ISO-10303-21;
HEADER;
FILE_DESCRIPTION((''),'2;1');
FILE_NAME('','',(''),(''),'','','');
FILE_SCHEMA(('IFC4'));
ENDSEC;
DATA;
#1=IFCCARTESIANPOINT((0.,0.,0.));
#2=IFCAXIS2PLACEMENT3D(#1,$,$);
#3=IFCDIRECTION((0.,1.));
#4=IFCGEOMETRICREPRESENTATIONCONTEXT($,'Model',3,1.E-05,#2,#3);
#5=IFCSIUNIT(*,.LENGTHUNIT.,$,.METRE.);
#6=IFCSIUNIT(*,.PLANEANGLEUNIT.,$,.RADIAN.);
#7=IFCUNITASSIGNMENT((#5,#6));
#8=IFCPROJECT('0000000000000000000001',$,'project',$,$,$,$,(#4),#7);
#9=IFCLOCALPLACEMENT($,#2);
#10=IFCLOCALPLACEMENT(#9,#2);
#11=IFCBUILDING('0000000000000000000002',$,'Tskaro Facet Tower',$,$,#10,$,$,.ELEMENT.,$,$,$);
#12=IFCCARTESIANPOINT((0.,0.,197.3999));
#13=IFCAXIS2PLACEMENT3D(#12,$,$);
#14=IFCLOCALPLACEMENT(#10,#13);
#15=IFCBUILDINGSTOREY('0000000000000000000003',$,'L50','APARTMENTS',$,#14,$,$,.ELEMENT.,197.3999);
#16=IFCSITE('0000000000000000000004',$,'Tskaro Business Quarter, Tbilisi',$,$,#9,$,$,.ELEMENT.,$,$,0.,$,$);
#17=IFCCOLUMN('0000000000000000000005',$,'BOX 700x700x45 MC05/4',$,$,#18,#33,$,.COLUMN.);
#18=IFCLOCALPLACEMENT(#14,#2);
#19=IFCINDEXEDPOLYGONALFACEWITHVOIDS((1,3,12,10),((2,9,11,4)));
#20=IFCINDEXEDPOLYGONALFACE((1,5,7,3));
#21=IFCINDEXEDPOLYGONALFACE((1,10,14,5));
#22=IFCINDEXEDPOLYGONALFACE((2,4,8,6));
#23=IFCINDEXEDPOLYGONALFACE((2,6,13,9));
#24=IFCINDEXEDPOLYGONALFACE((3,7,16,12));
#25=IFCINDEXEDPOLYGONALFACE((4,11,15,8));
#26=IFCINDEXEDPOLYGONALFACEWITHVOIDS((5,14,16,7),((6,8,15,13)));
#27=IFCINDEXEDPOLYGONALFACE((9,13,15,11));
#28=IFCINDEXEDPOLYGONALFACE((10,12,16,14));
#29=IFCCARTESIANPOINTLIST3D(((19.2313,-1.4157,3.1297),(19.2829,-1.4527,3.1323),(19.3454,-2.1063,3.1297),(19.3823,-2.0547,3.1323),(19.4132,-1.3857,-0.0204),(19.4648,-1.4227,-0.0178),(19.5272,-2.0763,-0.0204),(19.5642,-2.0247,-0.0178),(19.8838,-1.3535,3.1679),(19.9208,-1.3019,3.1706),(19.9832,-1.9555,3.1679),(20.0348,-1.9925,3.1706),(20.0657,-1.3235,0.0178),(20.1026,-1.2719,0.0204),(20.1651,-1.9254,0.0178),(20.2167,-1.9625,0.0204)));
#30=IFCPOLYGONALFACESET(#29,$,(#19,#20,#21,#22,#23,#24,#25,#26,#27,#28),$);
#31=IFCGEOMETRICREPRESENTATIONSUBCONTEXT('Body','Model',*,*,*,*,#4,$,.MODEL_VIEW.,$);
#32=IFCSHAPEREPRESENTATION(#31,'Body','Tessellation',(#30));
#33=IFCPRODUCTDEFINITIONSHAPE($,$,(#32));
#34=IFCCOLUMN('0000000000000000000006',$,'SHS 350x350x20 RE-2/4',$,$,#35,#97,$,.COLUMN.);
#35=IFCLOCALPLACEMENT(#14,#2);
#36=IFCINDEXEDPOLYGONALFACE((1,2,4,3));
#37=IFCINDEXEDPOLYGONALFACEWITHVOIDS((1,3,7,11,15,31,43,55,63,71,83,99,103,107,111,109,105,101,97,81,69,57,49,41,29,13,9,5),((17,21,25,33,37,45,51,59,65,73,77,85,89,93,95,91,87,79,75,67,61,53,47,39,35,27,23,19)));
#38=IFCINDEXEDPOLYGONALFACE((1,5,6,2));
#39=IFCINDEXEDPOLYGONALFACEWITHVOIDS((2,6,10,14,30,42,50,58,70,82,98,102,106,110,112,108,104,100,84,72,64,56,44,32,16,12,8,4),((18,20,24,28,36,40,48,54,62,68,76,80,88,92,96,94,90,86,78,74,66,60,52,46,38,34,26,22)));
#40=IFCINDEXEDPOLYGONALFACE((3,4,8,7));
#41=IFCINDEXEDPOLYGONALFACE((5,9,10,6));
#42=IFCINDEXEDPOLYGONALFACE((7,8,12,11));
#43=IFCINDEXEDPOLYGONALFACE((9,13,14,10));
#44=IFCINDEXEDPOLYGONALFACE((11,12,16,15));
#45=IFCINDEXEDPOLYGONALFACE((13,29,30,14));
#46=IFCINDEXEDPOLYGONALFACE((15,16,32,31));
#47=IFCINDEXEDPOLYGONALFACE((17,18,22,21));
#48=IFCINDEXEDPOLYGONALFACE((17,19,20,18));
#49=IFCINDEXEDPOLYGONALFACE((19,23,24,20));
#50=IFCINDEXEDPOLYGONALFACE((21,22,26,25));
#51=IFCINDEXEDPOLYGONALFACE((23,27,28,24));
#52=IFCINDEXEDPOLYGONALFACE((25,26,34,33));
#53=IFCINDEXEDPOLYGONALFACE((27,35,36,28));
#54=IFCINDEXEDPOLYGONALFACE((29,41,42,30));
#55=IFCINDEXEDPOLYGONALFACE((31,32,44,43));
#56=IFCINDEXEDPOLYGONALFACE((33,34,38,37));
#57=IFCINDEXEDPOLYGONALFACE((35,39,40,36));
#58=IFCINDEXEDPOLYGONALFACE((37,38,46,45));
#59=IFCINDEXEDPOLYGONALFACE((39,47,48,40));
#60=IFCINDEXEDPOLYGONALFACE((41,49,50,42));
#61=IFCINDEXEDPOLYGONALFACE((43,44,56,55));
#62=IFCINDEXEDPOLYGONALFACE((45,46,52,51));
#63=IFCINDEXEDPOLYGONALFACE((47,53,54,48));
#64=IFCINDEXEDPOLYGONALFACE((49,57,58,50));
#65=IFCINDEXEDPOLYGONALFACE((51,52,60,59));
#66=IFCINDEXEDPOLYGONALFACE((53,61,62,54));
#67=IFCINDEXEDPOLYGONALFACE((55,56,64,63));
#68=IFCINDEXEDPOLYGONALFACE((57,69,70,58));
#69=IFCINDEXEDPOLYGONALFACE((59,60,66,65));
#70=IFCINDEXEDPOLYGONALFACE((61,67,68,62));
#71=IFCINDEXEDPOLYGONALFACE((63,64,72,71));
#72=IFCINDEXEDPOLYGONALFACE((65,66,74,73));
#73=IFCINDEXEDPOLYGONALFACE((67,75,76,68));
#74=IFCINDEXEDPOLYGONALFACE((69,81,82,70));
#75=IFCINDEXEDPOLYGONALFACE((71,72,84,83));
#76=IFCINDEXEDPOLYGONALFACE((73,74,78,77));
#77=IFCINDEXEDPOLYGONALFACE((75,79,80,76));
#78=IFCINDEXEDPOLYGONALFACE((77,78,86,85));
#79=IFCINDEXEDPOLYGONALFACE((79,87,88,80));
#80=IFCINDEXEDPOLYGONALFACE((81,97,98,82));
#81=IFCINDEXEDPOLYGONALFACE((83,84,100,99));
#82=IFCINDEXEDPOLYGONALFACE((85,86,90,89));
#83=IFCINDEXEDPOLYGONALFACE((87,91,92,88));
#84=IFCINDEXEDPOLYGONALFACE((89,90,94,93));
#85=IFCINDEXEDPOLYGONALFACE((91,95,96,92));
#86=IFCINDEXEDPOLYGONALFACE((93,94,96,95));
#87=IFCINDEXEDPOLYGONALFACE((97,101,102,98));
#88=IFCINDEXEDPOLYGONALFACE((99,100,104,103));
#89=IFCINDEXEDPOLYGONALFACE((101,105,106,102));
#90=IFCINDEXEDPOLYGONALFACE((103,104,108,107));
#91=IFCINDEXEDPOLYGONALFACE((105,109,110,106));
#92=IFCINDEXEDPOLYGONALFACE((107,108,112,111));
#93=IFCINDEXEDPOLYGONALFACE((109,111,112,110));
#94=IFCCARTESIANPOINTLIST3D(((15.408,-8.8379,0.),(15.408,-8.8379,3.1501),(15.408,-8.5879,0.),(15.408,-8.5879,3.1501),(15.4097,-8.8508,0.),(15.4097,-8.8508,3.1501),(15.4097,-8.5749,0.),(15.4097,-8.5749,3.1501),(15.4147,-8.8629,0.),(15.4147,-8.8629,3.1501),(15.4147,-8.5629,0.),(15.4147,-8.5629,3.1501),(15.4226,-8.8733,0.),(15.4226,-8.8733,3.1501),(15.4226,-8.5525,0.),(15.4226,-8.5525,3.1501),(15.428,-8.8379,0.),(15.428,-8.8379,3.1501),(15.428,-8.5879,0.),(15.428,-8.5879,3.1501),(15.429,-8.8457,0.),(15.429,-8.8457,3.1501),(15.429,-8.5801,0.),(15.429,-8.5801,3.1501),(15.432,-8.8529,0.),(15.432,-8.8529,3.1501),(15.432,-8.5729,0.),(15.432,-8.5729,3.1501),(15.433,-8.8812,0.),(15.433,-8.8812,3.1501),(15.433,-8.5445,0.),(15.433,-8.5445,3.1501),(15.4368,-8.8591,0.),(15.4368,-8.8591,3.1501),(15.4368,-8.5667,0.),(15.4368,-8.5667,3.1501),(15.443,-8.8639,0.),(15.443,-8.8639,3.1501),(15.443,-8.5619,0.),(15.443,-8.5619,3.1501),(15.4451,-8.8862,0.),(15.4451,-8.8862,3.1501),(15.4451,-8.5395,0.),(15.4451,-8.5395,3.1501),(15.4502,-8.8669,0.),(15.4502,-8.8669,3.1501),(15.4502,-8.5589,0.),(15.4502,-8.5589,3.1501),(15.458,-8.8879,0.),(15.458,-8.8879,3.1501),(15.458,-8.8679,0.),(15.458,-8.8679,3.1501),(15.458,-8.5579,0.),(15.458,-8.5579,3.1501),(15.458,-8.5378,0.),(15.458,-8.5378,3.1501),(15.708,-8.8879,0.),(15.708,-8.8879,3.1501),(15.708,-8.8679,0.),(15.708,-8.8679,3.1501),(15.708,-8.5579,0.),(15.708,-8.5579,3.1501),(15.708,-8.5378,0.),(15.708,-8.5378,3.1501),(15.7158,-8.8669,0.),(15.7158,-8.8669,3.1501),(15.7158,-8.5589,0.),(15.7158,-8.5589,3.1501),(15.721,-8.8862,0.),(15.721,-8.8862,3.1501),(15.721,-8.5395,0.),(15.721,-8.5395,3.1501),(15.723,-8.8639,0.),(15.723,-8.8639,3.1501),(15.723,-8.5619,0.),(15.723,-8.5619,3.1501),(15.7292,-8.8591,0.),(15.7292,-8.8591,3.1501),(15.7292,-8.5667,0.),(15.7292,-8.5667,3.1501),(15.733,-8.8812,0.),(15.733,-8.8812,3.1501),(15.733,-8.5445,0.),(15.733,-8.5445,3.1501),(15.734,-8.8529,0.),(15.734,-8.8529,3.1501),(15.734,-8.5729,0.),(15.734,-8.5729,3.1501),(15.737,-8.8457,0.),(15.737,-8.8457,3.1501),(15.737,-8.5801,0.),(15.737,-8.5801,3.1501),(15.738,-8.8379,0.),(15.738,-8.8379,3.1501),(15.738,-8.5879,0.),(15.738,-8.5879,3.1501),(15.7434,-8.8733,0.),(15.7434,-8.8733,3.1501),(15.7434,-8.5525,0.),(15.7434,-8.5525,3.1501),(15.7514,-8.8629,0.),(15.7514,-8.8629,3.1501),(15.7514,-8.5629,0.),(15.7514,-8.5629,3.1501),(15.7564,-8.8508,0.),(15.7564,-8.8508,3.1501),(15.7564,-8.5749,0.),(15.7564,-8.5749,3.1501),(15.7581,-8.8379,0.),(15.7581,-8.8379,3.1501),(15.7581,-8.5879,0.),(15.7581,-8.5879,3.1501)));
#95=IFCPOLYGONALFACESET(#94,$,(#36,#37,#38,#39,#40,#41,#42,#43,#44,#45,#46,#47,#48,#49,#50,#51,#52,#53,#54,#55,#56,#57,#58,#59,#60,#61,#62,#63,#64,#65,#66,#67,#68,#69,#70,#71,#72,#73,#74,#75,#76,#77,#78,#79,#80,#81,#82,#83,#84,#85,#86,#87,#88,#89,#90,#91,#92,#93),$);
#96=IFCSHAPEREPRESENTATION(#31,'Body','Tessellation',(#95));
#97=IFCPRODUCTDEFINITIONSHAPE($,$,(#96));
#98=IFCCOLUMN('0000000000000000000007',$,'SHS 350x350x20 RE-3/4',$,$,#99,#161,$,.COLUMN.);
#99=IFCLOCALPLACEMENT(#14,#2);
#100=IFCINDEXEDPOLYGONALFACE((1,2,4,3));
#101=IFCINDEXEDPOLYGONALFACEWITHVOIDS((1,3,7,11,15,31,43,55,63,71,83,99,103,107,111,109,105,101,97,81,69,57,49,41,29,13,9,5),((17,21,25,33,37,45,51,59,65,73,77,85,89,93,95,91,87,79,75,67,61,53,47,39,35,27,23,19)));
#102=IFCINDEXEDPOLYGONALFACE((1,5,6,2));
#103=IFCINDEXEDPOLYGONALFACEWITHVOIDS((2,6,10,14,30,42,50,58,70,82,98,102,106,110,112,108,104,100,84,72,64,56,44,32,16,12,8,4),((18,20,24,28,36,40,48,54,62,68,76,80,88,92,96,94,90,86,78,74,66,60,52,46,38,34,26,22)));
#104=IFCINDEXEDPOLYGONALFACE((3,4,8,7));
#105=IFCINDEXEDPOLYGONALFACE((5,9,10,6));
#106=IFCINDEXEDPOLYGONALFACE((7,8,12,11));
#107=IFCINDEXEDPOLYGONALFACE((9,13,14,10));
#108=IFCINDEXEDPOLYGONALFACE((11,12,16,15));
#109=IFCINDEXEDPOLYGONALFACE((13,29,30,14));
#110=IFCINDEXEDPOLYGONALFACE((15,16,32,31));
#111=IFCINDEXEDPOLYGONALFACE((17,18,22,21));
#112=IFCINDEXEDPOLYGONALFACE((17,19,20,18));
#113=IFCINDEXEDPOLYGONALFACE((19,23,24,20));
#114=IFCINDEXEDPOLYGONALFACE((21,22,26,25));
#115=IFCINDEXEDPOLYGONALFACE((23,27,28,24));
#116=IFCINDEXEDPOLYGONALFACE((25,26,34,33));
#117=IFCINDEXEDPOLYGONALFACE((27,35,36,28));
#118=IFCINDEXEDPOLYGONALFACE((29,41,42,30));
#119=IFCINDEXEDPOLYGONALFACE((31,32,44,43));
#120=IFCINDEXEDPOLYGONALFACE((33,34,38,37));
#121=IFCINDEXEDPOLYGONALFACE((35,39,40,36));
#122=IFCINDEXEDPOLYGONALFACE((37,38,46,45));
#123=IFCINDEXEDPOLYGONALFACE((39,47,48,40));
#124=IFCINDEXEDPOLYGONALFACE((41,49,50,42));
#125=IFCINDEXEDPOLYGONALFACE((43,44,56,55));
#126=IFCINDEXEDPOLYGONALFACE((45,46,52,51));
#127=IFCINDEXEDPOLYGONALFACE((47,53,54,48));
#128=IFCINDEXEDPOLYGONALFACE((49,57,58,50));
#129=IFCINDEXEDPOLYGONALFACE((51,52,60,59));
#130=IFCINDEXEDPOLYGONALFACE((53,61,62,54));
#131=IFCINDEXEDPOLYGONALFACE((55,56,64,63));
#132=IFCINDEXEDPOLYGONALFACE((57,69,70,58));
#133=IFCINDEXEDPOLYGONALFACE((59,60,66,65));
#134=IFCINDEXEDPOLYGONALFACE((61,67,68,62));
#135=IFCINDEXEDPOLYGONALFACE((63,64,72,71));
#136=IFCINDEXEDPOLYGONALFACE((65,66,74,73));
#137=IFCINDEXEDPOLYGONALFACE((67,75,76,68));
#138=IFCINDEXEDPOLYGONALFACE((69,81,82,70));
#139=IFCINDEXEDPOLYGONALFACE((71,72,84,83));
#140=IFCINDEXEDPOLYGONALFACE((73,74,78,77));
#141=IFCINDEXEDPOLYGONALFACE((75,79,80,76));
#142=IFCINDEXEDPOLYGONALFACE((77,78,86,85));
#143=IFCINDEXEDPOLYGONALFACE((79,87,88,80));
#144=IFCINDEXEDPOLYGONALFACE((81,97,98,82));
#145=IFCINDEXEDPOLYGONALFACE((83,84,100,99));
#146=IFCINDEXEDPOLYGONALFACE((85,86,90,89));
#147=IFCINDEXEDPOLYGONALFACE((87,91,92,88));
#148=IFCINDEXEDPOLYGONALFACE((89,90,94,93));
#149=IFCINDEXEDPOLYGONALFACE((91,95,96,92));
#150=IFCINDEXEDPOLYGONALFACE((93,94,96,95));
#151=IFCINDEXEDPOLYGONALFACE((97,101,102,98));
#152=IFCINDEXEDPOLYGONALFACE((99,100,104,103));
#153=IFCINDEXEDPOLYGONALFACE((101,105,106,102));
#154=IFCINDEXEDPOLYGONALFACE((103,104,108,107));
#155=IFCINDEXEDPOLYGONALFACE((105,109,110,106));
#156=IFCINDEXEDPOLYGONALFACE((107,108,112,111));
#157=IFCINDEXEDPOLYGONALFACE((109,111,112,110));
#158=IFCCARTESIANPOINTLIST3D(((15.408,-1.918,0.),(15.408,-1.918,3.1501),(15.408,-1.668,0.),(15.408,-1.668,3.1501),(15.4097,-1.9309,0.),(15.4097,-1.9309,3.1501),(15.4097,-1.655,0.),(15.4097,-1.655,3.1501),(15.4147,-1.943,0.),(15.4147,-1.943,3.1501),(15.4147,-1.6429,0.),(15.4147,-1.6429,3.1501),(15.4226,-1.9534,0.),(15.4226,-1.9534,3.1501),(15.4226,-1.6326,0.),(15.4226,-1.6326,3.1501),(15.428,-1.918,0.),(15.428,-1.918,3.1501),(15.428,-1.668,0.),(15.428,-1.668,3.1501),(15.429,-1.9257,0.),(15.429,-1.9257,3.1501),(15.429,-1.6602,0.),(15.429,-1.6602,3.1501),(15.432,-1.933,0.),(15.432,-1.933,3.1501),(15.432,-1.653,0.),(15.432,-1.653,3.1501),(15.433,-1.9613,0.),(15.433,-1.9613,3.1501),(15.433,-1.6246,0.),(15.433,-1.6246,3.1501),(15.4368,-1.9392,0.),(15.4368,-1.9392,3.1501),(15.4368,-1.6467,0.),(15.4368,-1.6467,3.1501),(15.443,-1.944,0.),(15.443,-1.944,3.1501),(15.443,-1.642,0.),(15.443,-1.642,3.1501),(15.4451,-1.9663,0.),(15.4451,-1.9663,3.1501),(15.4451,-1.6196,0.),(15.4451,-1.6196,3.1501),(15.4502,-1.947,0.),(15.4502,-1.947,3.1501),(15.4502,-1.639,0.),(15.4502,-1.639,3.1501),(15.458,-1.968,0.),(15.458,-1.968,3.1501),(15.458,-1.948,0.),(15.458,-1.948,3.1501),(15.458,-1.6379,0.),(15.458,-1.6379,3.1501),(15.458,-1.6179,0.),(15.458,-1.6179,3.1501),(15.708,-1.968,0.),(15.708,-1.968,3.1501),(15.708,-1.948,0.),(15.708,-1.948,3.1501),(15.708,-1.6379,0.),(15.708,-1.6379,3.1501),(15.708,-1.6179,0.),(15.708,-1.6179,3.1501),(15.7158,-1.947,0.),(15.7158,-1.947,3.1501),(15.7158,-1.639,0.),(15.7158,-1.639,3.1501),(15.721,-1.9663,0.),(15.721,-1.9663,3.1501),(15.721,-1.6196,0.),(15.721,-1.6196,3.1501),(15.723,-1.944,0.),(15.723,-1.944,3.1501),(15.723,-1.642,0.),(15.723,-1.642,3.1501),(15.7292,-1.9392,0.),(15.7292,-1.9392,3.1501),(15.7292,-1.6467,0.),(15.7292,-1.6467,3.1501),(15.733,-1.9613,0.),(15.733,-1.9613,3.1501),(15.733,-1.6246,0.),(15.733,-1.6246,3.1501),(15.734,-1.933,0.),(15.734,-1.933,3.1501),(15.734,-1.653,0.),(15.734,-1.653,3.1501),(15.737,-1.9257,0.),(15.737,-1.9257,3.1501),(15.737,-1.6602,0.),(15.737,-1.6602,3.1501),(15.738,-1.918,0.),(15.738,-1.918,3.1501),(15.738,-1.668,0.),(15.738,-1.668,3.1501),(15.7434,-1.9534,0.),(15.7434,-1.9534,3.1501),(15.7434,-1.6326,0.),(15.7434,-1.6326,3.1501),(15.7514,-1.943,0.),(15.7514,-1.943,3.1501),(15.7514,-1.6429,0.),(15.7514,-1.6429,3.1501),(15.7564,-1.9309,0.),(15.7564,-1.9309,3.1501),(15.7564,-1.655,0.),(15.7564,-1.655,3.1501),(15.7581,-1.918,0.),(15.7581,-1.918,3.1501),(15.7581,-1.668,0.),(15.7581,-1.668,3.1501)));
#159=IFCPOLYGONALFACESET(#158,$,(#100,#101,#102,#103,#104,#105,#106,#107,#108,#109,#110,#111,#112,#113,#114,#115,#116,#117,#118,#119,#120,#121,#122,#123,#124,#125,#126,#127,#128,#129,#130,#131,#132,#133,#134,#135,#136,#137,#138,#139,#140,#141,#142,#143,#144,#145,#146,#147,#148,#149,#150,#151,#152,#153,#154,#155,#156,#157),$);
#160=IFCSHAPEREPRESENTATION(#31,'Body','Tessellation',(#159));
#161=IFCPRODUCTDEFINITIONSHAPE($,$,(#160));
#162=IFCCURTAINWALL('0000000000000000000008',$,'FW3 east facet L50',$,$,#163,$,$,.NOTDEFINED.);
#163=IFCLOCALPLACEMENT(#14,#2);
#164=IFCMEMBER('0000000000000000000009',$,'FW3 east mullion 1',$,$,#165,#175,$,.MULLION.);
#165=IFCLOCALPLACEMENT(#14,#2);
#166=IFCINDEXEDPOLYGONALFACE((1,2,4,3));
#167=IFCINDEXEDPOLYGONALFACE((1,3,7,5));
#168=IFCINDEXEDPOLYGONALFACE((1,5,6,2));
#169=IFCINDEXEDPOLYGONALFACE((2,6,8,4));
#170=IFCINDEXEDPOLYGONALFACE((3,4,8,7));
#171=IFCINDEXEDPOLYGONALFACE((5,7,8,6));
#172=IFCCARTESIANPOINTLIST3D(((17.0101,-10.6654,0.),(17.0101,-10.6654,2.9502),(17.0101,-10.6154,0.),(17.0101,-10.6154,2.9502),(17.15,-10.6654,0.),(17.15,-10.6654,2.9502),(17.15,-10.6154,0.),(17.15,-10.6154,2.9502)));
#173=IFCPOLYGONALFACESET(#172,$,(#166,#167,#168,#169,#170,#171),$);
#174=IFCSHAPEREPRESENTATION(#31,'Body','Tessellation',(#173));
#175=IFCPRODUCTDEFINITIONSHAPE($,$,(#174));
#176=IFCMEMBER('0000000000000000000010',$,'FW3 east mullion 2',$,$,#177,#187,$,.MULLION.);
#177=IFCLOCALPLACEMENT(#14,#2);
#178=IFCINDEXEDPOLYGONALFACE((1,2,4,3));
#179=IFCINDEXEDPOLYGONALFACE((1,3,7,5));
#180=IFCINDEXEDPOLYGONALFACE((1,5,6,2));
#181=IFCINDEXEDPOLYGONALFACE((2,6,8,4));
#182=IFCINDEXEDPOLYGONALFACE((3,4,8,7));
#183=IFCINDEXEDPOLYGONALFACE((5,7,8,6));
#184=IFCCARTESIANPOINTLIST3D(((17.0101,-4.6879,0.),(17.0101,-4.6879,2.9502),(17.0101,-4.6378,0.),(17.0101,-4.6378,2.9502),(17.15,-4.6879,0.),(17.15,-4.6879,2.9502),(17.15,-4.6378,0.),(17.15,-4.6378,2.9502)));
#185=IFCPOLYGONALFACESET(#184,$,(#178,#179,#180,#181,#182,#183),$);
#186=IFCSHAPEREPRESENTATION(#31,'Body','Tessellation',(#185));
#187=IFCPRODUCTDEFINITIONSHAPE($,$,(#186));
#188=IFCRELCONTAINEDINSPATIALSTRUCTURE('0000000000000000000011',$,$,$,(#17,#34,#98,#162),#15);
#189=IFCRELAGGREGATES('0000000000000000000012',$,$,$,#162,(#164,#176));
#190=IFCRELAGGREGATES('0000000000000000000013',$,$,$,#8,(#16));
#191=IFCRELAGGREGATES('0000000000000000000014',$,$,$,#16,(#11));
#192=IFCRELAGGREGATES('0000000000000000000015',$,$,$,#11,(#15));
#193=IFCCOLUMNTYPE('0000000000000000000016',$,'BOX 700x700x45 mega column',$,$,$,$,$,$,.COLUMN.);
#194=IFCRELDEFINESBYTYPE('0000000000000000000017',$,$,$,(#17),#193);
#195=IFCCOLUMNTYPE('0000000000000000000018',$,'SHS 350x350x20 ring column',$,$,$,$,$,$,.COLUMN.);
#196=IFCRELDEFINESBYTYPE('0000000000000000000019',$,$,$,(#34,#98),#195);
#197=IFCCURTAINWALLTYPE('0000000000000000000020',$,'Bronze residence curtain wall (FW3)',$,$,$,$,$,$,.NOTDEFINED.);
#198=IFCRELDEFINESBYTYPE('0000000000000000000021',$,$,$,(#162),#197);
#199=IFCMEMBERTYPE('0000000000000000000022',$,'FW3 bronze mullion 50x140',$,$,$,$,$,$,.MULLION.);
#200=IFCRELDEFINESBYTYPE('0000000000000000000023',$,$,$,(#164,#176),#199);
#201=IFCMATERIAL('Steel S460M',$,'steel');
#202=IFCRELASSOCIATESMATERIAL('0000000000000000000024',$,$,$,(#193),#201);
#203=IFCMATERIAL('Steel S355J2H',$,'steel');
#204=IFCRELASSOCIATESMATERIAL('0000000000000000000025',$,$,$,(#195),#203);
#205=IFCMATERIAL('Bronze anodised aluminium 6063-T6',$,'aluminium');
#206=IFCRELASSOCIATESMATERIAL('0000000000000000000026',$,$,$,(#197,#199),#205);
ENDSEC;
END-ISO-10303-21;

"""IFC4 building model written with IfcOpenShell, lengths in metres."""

from ifc_helpers import new_model, si_unit, direction, frame, origin, origin_2d, place, context, subcontext, project, spatial, rectangle, hollow_rectangle, extrude, material, material_profile, profile_set, type_object, element, aggregate, save


model = new_model("IFC4")

# Units and contexts
model_context = context("Model", 3, precision=1e-05, world=origin(), true_north=direction((0.0, 1.0)))
body_context = subcontext(model_context, "Body", "Model", "MODEL_VIEW")
ifc_project = project(units=[si_unit("LENGTHUNIT", "METRE"), si_unit("PLANEANGLEUNIT", "RADIAN")], contexts=[model_context])

# Site, building, storey
site_placement = place(None, origin())
site = spatial("IfcSite", under=ifc_project, at=site_placement, Name="Tskaro Business Quarter, Tbilisi", CompositionType="ELEMENT", RefElevation=0.0)
building_placement = place(site_placement, origin())
building = spatial("IfcBuilding", under=site, at=building_placement, Name="Tskaro Facet Tower", CompositionType="ELEMENT")
storey_placement = place(building_placement, frame((0.0, 0.0, 197.3999)))
storey = spatial("IfcBuildingStorey", under=building, at=storey_placement, Name="L50", Description="APARTMENTS", CompositionType="ELEMENT", Elevation=197.3999)

# Columns
ifc_material_1 = material(Name="Steel S460M", Category="steel")
ifc_material_profile_1 = material_profile(ifc_material_1, hollow_rectangle(XDim=0.7, YDim=0.7, WallThickness=0.0449, at=origin_2d()), Name="BOX 700x700x45")
ifc_profile_set_1 = profile_set([ifc_material_profile_1], Name="Steel S460M")
column_type_1 = type_object("IfcColumnType", Name="BOX 700x700x45 mega column", PredefinedType="COLUMN", material=ifc_profile_set_1)
column_placement = place(storey_placement, frame((19.8149, -1.6741, 0.0), z_axis=(-0.05764, -0.009516, 0.998292), x_axis=(0.162895, -0.986643, 0.0)))
element("IfcColumn", 1, at=column_placement, inside=storey, type_object=column_type_1, Name="BOX 700x700x45 MC05/4", PredefinedType="COLUMN", context=body_context, shape_type="SweptSolid", body=[
    extrude(hollow_rectangle(XDim=0.7, YDim=0.7, WallThickness=0.0449, at=origin_2d()), origin(), (0.0, 0.0, 1.0), 3.1555),
])
ifc_material_2 = material(Name="Steel S355J2H", Category="steel")
ifc_material_profile_2 = material_profile(ifc_material_2, hollow_rectangle(XDim=0.3501, YDim=0.3501, WallThickness=0.02, InnerFilletRadius=0.03, OuterFilletRadius=0.05, at=origin_2d()), Name="SHS 350x350x20")
ifc_profile_set_2 = profile_set([ifc_material_profile_2], Name="Steel S355J2H")
column_type_2 = type_object("IfcColumnType", Name="SHS 350x350x20 ring column", PredefinedType="COLUMN", material=ifc_profile_set_2)
for number, where, z_axis, x_axis, name in (
    (2, (15.583, -8.7129, 0.0), (0.0, 0.0, 1.0), (1.0, 0.0, 0.0), "SHS 350x350x20 RE-2/4"),
    (3, (15.583, -1.793, 0.0), (0.0, 0.0, 1.0), (1.0, 0.0, 0.0), "SHS 350x350x20 RE-3/4"),
):
    element("IfcColumn", number, at=place(storey_placement, frame(where, z_axis=z_axis, x_axis=x_axis)), inside=storey, type_object=column_type_2, Name=name, PredefinedType="COLUMN", context=body_context, shape_type="SweptSolid", body=[
        extrude(hollow_rectangle(XDim=0.3501, YDim=0.3501, WallThickness=0.02, InnerFilletRadius=0.03, OuterFilletRadius=0.05, at=origin_2d()), origin(), (0.0, 0.0, 1.0), 3.1501),
    ])

# Curtain wall, members
ifc_material_3 = material(Name="Bronze anodised aluminium 6063-T6", Category="aluminium")
curtain_wall_type = type_object("IfcCurtainWallType", Name="Bronze residence curtain wall (FW3)", PredefinedType="NOTDEFINED", material=ifc_material_3)
curtain_wall_placement = place(storey_placement, origin())
curtain_wall = element("IfcCurtainWall", 4, at=curtain_wall_placement, inside=storey, type_object=curtain_wall_type, Name="FW3 east facet L50", PredefinedType="NOTDEFINED")
ifc_material_profile_3 = material_profile(ifc_material_3, rectangle(XDim=0.05, YDim=0.1399, at=origin_2d()), Name="Mullion 50x140")
ifc_profile_set_3 = profile_set([ifc_material_profile_3], Name="Bronze anodised aluminium 6063-T6")
member_type_1 = type_object("IfcMemberType", Name="FW3 bronze mullion 50x140", PredefinedType="MULLION", material=ifc_profile_set_3)
member_1_placement = place(storey_placement, frame((17.0801, -10.6404, 0.0), z_axis=(0.0, 0.0, 1.0), x_axis=(0.0, 1.0, 0.0)))
member_1 = element("IfcMember", 5, at=member_1_placement, type_object=member_type_1, Name="FW3 east mullion 1", PredefinedType="MULLION", context=body_context, shape_type="SweptSolid", body=[
    extrude(rectangle(XDim=0.05, YDim=0.1399, at=origin_2d()), origin(), (0.0, 0.0, 1.0), 2.9502),
])
member_2_placement = place(storey_placement, frame((17.0801, -4.6628, 0.0), z_axis=(0.0, 0.0, 1.0), x_axis=(0.0, 1.0, 0.0)))
member_2 = element("IfcMember", 6, at=member_2_placement, type_object=member_type_1, Name="FW3 east mullion 2", PredefinedType="MULLION", context=body_context, shape_type="SweptSolid", body=[
    extrude(rectangle(XDim=0.05, YDim=0.1399, at=origin_2d()), origin(), (0.0, 0.0, 1.0), 2.9502),
])

aggregate(curtain_wall, [member_1, member_2])

save(model, "model.ifc")
